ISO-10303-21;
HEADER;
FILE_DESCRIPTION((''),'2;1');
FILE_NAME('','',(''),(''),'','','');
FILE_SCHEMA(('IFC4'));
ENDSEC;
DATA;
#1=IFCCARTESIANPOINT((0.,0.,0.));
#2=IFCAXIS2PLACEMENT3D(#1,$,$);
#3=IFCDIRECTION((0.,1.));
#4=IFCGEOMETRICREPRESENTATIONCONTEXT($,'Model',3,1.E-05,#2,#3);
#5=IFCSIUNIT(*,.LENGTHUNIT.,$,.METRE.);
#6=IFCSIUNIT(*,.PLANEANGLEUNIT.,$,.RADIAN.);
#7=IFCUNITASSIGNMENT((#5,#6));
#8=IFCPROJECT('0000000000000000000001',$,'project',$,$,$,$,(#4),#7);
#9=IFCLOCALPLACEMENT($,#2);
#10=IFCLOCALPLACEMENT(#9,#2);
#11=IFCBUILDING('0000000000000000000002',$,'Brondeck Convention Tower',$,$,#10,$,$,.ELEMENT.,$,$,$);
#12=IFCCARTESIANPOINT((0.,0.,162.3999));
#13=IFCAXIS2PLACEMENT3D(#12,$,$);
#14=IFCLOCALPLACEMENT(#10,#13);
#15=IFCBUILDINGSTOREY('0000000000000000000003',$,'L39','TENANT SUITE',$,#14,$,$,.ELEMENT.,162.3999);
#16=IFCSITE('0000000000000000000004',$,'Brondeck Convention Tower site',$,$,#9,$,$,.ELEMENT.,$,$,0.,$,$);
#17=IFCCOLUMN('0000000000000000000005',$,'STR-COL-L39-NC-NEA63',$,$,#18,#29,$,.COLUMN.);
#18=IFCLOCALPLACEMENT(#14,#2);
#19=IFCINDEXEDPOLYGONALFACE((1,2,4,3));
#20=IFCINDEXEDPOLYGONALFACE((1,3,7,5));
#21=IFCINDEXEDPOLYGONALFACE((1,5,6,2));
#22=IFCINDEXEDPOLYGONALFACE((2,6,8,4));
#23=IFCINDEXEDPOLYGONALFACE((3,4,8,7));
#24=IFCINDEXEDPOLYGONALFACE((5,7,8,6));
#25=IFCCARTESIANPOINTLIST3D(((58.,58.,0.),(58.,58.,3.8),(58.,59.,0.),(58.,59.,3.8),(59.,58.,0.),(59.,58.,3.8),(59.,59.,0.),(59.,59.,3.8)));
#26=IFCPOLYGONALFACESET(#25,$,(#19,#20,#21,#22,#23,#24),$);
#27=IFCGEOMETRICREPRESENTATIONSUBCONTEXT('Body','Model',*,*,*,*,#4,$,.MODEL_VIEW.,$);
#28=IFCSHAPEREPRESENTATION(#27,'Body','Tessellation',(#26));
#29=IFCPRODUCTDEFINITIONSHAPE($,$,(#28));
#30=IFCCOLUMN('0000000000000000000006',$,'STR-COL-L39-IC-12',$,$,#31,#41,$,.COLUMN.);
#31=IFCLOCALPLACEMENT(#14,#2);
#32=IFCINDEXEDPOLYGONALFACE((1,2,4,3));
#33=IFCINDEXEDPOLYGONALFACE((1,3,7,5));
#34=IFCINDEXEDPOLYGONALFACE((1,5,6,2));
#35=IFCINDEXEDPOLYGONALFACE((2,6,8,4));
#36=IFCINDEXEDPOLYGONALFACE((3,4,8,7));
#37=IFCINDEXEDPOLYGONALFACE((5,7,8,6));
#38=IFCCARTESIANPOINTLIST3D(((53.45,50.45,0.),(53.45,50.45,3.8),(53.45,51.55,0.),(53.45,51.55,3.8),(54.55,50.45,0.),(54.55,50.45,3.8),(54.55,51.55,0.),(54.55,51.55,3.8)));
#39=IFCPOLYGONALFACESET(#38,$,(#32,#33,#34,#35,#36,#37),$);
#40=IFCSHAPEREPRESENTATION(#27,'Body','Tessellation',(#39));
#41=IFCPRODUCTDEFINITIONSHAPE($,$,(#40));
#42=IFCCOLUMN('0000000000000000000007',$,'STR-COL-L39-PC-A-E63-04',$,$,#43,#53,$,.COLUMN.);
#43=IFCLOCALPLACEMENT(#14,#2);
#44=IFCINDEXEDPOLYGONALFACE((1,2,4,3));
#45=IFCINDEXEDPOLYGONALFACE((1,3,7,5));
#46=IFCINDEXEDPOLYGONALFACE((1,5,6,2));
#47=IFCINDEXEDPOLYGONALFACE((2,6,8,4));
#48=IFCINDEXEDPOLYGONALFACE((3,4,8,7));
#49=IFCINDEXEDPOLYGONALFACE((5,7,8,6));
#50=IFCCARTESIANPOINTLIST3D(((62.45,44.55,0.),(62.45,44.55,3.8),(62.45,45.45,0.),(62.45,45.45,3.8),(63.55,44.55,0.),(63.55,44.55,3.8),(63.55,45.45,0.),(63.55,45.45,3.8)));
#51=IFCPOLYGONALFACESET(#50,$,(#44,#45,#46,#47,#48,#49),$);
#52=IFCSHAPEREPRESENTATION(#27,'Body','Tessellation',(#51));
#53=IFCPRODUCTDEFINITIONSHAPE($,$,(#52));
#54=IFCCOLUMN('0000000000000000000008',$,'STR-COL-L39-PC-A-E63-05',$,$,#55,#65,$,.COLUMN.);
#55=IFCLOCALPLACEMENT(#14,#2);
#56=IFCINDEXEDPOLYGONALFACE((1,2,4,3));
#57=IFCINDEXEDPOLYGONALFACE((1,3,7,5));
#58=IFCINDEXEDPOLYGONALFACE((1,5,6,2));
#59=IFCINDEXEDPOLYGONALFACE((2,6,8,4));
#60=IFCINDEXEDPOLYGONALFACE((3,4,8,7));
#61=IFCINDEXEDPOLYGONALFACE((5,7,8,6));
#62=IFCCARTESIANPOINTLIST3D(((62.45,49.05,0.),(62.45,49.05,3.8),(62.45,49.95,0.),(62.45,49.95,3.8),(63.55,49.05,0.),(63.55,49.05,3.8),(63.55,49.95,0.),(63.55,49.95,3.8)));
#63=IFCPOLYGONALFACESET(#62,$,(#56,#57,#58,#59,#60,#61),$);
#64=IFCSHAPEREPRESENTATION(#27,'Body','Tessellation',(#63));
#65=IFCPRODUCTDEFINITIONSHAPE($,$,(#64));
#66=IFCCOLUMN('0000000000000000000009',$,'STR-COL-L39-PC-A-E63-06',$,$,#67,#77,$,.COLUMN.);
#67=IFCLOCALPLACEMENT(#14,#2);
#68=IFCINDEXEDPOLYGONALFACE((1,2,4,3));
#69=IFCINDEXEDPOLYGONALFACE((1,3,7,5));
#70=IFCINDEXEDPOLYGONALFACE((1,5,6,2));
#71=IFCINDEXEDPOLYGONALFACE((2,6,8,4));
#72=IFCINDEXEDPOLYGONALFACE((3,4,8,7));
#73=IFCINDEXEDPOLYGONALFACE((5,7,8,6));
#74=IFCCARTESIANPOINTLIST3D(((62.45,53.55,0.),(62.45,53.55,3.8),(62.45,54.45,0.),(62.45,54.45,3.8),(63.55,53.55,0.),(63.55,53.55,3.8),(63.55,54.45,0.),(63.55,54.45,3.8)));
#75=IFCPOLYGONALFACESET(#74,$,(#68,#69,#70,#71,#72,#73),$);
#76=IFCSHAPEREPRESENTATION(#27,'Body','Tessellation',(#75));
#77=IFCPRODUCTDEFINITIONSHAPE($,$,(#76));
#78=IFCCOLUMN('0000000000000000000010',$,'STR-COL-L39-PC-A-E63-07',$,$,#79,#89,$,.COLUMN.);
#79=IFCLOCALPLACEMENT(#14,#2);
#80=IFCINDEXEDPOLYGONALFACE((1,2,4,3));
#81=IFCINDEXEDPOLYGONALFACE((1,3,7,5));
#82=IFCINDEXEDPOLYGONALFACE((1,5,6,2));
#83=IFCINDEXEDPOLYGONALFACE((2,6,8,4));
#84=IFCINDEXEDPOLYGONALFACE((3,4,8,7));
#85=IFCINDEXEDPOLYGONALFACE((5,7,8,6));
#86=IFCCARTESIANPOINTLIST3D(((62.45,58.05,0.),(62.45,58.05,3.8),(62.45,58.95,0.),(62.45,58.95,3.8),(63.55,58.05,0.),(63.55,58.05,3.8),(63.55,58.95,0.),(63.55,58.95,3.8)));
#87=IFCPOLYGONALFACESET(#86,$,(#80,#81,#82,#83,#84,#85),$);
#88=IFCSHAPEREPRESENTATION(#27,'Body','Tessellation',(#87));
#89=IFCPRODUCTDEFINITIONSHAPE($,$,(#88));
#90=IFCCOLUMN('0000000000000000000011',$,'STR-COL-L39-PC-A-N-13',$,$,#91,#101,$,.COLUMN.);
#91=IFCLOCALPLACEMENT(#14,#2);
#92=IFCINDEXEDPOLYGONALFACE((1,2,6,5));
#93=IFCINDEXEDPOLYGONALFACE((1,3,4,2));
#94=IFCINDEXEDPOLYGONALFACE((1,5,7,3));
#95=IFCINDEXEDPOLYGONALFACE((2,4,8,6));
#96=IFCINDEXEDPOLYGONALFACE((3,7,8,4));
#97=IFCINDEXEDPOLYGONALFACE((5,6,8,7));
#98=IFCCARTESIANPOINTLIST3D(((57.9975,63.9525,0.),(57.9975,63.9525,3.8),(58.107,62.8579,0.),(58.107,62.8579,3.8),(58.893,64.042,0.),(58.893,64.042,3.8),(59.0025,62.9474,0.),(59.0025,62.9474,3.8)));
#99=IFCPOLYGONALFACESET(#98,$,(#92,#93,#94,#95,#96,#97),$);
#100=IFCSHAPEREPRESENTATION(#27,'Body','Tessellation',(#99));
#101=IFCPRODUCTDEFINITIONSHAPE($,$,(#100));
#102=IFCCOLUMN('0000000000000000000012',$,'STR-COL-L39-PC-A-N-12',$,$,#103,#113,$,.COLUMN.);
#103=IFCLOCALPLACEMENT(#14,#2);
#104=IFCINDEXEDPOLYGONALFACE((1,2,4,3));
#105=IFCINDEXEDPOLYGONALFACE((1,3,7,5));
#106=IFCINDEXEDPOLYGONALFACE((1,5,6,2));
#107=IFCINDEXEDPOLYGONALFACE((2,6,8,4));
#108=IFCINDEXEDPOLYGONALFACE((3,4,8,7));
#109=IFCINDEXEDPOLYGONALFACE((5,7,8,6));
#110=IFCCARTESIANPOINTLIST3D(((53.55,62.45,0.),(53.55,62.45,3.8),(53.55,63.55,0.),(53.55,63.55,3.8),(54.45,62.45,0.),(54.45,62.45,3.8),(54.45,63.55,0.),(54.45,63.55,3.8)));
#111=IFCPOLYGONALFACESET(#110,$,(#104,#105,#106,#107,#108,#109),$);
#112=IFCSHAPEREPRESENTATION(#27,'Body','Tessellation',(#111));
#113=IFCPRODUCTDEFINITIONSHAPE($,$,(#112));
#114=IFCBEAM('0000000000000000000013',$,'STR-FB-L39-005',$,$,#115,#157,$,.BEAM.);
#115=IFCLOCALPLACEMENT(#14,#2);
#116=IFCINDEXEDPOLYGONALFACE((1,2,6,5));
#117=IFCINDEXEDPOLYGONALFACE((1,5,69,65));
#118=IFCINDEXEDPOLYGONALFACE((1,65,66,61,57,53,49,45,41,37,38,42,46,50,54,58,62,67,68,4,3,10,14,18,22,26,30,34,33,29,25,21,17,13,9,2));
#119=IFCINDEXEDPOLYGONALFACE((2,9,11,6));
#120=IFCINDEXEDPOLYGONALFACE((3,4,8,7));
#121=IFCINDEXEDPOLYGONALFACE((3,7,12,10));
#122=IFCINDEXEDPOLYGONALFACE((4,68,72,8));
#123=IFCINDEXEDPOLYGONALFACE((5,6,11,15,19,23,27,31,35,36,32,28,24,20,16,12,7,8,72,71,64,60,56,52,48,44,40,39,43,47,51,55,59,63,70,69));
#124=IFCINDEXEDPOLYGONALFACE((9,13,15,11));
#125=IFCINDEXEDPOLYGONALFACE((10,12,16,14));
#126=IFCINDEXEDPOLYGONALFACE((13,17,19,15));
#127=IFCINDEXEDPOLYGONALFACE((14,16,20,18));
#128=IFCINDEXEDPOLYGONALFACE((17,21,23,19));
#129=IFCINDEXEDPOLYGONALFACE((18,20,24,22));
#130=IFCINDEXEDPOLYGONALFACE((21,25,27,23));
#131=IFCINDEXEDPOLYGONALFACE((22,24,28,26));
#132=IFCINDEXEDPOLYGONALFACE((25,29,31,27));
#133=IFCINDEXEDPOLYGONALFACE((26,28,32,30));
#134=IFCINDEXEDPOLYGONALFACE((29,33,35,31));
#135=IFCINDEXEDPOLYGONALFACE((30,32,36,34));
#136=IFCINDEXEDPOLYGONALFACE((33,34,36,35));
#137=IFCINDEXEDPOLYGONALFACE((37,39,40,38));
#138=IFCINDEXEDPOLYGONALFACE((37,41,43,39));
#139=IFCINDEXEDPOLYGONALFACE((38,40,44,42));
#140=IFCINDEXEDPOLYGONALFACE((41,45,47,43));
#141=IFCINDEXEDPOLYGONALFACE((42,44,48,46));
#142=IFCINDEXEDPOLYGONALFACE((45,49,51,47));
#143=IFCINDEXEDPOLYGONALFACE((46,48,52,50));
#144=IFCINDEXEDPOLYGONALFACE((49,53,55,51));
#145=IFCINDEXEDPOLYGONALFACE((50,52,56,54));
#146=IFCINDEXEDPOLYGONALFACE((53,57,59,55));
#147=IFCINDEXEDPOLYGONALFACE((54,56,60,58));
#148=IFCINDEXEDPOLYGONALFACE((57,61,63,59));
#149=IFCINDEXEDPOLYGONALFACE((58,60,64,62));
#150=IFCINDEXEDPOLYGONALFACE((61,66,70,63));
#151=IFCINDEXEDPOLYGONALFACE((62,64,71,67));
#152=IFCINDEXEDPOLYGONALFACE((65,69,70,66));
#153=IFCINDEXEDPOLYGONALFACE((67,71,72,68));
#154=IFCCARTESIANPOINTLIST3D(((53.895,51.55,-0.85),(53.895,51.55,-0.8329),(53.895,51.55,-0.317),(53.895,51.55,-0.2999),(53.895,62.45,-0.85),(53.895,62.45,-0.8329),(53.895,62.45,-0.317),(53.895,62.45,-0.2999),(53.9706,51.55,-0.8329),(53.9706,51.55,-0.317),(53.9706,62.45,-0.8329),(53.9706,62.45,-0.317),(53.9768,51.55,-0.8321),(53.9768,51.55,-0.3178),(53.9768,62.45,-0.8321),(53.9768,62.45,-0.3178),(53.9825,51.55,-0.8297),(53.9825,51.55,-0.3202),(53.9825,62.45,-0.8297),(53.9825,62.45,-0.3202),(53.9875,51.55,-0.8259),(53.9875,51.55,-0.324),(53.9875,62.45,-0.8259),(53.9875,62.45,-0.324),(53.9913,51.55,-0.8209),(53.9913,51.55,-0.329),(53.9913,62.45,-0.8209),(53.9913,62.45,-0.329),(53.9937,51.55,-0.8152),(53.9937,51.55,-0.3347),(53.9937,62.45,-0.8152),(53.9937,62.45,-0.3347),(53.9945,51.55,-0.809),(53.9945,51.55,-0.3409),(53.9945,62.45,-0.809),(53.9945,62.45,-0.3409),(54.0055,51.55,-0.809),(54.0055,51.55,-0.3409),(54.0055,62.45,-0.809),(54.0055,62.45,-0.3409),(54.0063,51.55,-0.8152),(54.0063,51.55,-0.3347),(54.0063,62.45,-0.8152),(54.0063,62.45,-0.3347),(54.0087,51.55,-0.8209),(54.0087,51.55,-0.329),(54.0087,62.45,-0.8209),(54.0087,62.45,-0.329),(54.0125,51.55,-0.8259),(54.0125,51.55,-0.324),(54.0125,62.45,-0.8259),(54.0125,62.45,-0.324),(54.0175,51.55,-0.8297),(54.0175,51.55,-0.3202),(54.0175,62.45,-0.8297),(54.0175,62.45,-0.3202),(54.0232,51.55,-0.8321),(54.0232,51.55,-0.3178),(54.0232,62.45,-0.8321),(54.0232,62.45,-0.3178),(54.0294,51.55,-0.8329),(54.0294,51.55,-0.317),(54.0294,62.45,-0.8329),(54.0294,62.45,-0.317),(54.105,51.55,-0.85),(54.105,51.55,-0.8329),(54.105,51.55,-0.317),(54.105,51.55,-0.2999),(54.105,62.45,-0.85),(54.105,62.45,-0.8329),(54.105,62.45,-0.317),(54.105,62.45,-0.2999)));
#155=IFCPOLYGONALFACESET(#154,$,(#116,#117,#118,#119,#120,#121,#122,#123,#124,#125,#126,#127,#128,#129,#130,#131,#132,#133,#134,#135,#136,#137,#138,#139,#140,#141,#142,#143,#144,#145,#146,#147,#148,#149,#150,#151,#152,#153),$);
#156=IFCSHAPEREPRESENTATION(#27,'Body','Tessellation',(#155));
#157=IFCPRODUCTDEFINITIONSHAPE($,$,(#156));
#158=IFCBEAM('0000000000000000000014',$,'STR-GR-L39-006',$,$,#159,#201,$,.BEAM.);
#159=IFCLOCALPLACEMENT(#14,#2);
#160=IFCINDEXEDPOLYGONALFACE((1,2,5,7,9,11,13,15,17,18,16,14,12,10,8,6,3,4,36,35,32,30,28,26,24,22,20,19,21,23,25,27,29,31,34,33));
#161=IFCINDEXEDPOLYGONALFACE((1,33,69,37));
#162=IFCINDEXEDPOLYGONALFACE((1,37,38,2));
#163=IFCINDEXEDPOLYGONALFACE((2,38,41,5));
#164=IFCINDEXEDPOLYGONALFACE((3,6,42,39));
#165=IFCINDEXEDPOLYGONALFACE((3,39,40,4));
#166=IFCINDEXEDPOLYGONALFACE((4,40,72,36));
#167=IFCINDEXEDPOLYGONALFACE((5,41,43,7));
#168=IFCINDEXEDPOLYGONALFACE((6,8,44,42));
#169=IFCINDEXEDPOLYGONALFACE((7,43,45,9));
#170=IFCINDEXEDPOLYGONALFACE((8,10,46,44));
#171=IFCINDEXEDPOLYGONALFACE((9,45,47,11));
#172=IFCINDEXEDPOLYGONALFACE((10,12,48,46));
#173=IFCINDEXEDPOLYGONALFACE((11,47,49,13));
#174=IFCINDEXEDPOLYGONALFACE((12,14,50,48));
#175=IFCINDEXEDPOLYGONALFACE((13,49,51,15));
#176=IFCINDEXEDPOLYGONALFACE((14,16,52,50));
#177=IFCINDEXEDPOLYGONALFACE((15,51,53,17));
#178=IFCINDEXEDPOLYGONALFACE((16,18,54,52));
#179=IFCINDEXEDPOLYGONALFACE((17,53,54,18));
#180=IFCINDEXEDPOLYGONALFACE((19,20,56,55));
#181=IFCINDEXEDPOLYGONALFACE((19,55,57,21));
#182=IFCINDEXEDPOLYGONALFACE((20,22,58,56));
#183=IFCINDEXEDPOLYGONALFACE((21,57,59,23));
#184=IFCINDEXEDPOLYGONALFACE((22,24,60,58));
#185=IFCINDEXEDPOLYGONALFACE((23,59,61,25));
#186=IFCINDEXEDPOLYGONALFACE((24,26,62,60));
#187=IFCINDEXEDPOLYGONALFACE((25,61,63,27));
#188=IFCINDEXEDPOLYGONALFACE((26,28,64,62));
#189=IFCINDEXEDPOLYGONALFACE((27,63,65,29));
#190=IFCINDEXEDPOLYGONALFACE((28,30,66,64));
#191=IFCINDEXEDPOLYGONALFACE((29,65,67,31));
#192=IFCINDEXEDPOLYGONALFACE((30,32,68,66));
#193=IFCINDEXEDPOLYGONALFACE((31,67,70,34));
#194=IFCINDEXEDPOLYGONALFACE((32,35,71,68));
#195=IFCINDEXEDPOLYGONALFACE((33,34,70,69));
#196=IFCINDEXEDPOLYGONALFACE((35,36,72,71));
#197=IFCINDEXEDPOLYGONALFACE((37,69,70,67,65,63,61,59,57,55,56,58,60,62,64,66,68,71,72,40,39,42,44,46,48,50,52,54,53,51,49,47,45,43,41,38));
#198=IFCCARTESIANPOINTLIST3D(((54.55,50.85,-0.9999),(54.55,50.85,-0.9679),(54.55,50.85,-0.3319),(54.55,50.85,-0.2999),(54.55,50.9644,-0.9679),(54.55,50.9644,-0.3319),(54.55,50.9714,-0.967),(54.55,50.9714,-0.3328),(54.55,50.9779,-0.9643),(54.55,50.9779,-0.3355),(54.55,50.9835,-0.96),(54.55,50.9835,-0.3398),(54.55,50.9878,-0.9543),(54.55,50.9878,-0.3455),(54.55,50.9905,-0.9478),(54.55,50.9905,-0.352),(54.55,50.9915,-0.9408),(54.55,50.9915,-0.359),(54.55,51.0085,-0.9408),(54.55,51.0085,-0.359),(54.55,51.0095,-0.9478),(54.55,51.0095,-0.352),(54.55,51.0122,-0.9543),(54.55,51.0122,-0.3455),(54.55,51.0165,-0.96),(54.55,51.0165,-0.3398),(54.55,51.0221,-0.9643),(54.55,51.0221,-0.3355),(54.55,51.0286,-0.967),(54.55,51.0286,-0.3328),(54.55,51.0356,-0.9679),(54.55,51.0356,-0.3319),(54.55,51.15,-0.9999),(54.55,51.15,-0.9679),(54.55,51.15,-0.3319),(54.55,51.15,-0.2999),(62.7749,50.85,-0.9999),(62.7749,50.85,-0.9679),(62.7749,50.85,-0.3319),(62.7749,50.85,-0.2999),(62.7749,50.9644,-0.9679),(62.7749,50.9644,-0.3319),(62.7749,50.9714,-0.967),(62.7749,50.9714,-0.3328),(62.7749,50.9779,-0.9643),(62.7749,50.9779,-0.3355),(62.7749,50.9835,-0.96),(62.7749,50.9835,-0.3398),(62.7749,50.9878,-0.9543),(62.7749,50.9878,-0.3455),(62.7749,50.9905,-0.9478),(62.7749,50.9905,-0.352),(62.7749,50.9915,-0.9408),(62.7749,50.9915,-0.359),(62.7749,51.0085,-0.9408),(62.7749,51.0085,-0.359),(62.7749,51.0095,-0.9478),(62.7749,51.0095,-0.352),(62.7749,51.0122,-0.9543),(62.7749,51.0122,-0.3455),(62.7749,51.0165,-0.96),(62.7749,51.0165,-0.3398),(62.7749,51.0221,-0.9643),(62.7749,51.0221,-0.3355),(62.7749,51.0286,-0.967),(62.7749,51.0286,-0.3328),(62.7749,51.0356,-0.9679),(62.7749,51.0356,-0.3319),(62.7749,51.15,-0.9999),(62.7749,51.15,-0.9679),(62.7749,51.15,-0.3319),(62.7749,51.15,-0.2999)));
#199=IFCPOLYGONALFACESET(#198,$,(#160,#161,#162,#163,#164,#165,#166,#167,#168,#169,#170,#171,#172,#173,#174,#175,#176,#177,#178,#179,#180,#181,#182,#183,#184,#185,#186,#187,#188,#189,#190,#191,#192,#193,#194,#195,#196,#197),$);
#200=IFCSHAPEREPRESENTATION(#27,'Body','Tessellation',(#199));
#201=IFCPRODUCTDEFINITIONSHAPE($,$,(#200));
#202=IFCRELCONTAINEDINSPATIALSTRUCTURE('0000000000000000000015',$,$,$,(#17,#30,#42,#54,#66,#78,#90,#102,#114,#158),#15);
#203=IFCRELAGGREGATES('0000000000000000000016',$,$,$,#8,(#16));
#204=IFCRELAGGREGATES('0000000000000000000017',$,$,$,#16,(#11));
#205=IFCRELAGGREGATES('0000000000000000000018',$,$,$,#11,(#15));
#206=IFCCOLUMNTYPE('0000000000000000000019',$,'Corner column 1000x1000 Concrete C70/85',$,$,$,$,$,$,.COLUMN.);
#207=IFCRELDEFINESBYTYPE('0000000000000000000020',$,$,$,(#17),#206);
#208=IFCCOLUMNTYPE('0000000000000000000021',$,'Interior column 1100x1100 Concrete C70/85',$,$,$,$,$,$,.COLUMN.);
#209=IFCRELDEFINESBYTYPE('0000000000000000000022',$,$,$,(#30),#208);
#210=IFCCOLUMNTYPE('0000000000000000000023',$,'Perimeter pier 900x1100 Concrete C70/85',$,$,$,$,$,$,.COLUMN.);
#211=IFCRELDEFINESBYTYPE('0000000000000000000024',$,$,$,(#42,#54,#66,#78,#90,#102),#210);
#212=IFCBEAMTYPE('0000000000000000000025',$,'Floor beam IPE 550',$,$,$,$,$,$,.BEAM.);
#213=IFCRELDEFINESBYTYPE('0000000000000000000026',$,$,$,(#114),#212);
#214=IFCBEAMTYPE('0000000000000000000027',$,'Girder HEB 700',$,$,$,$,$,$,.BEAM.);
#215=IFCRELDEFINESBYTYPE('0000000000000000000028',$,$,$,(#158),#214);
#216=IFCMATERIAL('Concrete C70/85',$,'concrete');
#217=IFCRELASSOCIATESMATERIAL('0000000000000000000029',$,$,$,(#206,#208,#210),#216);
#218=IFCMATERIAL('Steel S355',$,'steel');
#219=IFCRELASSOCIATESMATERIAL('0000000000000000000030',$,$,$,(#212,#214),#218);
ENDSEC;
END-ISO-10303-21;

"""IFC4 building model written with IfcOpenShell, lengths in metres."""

from ifc_helpers import new_model, si_unit, direction, frame, origin, origin_2d, place, context, subcontext, project, spatial, rectangle, i_section, extrude, material, material_profile, profile_set, type_object, element, save


model = new_model("IFC4")

# Units and contexts
model_context = context("Model", 3, precision=1e-05, world=origin(), true_north=direction((0.0, 1.0)))
body_context = subcontext(model_context, "Body", "Model", "MODEL_VIEW")
ifc_project = project(units=[si_unit("LENGTHUNIT", "METRE"), si_unit("PLANEANGLEUNIT", "RADIAN")], contexts=[model_context])

# Site, building, storey
site_placement = place(None, origin())
site = spatial("IfcSite", under=ifc_project, at=site_placement, Name="Brondeck Convention Tower site", CompositionType="ELEMENT", RefElevation=0.0)
building_placement = place(site_placement, origin())
building = spatial("IfcBuilding", under=site, at=building_placement, Name="Brondeck Convention Tower", CompositionType="ELEMENT")
storey_placement = place(building_placement, frame((0.0, 0.0, 162.3999)))
storey = spatial("IfcBuildingStorey", under=building, at=storey_placement, Name="L39", Description="TENANT SUITE", CompositionType="ELEMENT", Elevation=162.3999)

# Columns
ifc_material_1 = material(Name="Concrete C70/85", Category="concrete")
ifc_material_profile_1 = material_profile(ifc_material_1, rectangle(XDim=1.0, YDim=1.0, at=origin_2d()), Name="Corner column 1000x1000 Concrete C70/85")
ifc_profile_set_1 = profile_set([ifc_material_profile_1], Name="Concrete C70/85")
column_type_1 = type_object("IfcColumnType", Name="Corner column 1000x1000 Concrete C70/85", PredefinedType="COLUMN", material=ifc_profile_set_1)
column_1_placement = place(storey_placement, frame((58.5, 58.5, 0.0), z_axis=(0.0, 0.0, 1.0), x_axis=(1.0, 0.0, 0.0)))
element("IfcColumn", 1, at=column_1_placement, inside=storey, type_object=column_type_1, Name="STR-COL-L39-NC-NEA63", PredefinedType="COLUMN", context=body_context, shape_type="SweptSolid", body=[
    extrude(rectangle(XDim=1.0, YDim=1.0, at=origin_2d()), origin(), (0.0, 0.0, 1.0), 3.8),
])
ifc_material_profile_2 = material_profile(ifc_material_1, rectangle(XDim=1.1001, YDim=1.1001, at=origin_2d()), Name="Interior column 1100x1100 Concrete C70/85")
ifc_profile_set_2 = profile_set([ifc_material_profile_2], Name="Concrete C70/85")
column_type_2 = type_object("IfcColumnType", Name="Interior column 1100x1100 Concrete C70/85", PredefinedType="COLUMN", material=ifc_profile_set_2)
column_2_placement = place(storey_placement, frame((54.0, 51.0, 0.0), z_axis=(0.0, 0.0, 1.0), x_axis=(1.0, 0.0, 0.0)))
element("IfcColumn", 2, at=column_2_placement, inside=storey, type_object=column_type_2, Name="STR-COL-L39-IC-12", PredefinedType="COLUMN", context=body_context, shape_type="SweptSolid", body=[
    extrude(rectangle(XDim=1.1001, YDim=1.1001, at=origin_2d()), origin(), (0.0, 0.0, 1.0), 3.8),
])
ifc_material_profile_3 = material_profile(ifc_material_1, rectangle(XDim=0.8999, YDim=1.1001, at=origin_2d()), Name="Perimeter pier 900x1100 Concrete C70/85")
ifc_profile_set_3 = profile_set([ifc_material_profile_3], Name="Concrete C70/85")
column_type_3 = type_object("IfcColumnType", Name="Perimeter pier 900x1100 Concrete C70/85", PredefinedType="COLUMN", material=ifc_profile_set_3)
for number, where, z_axis, x_axis, name in (
    (3, (63.0, 45.0, 0.0), (0.0, 0.0, 1.0), (0.0, 1.0, 0.0), "STR-COL-L39-PC-A-E63-04"),
    (4, (63.0, 49.5, 0.0), (0.0, 0.0, 1.0), (0.0, 1.0, 0.0), "STR-COL-L39-PC-A-E63-05"),
    (5, (63.0, 54.0, 0.0), (0.0, 0.0, 1.0), (0.0, 1.0, 0.0), "STR-COL-L39-PC-A-E63-06"),
    (6, (63.0, 58.5, 0.0), (0.0, 0.0, 1.0), (0.0, 1.0, 0.0), "STR-COL-L39-PC-A-E63-07"),
    (7, (58.5, 63.45, 0.0), (0.0, 0.0, 1.0), (-0.995037, -0.099504, 0.0), "STR-COL-L39-PC-A-N-13"),
    (8, (54.0, 63.0, 0.0), (0.0, 0.0, 1.0), (-1.0, 0.0, 0.0), "STR-COL-L39-PC-A-N-12"),
):
    element("IfcColumn", number, at=place(storey_placement, frame(where, z_axis=z_axis, x_axis=x_axis)), inside=storey, type_object=column_type_3, Name=name, PredefinedType="COLUMN", context=body_context, shape_type="SweptSolid", body=[
        extrude(rectangle(XDim=0.8999, YDim=1.1001, at=origin_2d()), origin(), (0.0, 0.0, 1.0), 3.8),
    ])

# Beams
ifc_material_2 = material(Name="Steel S355", Category="steel")
ifc_material_profile_4 = material_profile(ifc_material_2, i_section(OverallWidth=0.21, OverallDepth=0.55, WebThickness=0.011, FlangeThickness=0.0171, FilletRadius=0.0239, at=origin_2d()), Name="IPE 550")
ifc_profile_set_4 = profile_set([ifc_material_profile_4], Name="Steel S355")
beam_type_1 = type_object("IfcBeamType", Name="Floor beam IPE 550", PredefinedType="BEAM", material=ifc_profile_set_4)
beam_1_placement = place(storey_placement, frame((54.0, 51.55, -0.575), z_axis=(0.0, 1.0, 0.0), x_axis=(-1.0, 0.0, 0.0)))
element("IfcBeam", 9, at=beam_1_placement, inside=storey, type_object=beam_type_1, Name="STR-FB-L39-005", PredefinedType="BEAM", context=body_context, shape_type="SweptSolid", body=[
    extrude(i_section(OverallWidth=0.21, OverallDepth=0.55, WebThickness=0.011, FlangeThickness=0.0171, FilletRadius=0.0239, at=origin_2d()), origin(), (0.0, 0.0, 1.0), 10.8999),
])
ifc_material_profile_5 = material_profile(ifc_material_2, i_section(OverallWidth=0.3, OverallDepth=0.7, WebThickness=0.0171, FlangeThickness=0.032, FilletRadius=0.0271, at=origin_2d()), Name="HEB 700")
ifc_profile_set_5 = profile_set([ifc_material_profile_5], Name="Steel S355")
beam_type_2 = type_object("IfcBeamType", Name="Girder HEB 700", PredefinedType="BEAM", material=ifc_profile_set_5)
beam_2_placement = place(storey_placement, frame((54.55, 51.0, -0.6499), z_axis=(1.0, 0.0, 0.0), x_axis=(0.0, 1.0, 0.0)))
element("IfcBeam", 10, at=beam_2_placement, inside=storey, type_object=beam_type_2, Name="STR-GR-L39-006", PredefinedType="BEAM", context=body_context, shape_type="SweptSolid", body=[
    extrude(i_section(OverallWidth=0.3, OverallDepth=0.7, WebThickness=0.0171, FlangeThickness=0.032, FilletRadius=0.0271, at=origin_2d()), origin(), (0.0, 0.0, 1.0), 8.2249),
])

save(model, "model.ifc")
